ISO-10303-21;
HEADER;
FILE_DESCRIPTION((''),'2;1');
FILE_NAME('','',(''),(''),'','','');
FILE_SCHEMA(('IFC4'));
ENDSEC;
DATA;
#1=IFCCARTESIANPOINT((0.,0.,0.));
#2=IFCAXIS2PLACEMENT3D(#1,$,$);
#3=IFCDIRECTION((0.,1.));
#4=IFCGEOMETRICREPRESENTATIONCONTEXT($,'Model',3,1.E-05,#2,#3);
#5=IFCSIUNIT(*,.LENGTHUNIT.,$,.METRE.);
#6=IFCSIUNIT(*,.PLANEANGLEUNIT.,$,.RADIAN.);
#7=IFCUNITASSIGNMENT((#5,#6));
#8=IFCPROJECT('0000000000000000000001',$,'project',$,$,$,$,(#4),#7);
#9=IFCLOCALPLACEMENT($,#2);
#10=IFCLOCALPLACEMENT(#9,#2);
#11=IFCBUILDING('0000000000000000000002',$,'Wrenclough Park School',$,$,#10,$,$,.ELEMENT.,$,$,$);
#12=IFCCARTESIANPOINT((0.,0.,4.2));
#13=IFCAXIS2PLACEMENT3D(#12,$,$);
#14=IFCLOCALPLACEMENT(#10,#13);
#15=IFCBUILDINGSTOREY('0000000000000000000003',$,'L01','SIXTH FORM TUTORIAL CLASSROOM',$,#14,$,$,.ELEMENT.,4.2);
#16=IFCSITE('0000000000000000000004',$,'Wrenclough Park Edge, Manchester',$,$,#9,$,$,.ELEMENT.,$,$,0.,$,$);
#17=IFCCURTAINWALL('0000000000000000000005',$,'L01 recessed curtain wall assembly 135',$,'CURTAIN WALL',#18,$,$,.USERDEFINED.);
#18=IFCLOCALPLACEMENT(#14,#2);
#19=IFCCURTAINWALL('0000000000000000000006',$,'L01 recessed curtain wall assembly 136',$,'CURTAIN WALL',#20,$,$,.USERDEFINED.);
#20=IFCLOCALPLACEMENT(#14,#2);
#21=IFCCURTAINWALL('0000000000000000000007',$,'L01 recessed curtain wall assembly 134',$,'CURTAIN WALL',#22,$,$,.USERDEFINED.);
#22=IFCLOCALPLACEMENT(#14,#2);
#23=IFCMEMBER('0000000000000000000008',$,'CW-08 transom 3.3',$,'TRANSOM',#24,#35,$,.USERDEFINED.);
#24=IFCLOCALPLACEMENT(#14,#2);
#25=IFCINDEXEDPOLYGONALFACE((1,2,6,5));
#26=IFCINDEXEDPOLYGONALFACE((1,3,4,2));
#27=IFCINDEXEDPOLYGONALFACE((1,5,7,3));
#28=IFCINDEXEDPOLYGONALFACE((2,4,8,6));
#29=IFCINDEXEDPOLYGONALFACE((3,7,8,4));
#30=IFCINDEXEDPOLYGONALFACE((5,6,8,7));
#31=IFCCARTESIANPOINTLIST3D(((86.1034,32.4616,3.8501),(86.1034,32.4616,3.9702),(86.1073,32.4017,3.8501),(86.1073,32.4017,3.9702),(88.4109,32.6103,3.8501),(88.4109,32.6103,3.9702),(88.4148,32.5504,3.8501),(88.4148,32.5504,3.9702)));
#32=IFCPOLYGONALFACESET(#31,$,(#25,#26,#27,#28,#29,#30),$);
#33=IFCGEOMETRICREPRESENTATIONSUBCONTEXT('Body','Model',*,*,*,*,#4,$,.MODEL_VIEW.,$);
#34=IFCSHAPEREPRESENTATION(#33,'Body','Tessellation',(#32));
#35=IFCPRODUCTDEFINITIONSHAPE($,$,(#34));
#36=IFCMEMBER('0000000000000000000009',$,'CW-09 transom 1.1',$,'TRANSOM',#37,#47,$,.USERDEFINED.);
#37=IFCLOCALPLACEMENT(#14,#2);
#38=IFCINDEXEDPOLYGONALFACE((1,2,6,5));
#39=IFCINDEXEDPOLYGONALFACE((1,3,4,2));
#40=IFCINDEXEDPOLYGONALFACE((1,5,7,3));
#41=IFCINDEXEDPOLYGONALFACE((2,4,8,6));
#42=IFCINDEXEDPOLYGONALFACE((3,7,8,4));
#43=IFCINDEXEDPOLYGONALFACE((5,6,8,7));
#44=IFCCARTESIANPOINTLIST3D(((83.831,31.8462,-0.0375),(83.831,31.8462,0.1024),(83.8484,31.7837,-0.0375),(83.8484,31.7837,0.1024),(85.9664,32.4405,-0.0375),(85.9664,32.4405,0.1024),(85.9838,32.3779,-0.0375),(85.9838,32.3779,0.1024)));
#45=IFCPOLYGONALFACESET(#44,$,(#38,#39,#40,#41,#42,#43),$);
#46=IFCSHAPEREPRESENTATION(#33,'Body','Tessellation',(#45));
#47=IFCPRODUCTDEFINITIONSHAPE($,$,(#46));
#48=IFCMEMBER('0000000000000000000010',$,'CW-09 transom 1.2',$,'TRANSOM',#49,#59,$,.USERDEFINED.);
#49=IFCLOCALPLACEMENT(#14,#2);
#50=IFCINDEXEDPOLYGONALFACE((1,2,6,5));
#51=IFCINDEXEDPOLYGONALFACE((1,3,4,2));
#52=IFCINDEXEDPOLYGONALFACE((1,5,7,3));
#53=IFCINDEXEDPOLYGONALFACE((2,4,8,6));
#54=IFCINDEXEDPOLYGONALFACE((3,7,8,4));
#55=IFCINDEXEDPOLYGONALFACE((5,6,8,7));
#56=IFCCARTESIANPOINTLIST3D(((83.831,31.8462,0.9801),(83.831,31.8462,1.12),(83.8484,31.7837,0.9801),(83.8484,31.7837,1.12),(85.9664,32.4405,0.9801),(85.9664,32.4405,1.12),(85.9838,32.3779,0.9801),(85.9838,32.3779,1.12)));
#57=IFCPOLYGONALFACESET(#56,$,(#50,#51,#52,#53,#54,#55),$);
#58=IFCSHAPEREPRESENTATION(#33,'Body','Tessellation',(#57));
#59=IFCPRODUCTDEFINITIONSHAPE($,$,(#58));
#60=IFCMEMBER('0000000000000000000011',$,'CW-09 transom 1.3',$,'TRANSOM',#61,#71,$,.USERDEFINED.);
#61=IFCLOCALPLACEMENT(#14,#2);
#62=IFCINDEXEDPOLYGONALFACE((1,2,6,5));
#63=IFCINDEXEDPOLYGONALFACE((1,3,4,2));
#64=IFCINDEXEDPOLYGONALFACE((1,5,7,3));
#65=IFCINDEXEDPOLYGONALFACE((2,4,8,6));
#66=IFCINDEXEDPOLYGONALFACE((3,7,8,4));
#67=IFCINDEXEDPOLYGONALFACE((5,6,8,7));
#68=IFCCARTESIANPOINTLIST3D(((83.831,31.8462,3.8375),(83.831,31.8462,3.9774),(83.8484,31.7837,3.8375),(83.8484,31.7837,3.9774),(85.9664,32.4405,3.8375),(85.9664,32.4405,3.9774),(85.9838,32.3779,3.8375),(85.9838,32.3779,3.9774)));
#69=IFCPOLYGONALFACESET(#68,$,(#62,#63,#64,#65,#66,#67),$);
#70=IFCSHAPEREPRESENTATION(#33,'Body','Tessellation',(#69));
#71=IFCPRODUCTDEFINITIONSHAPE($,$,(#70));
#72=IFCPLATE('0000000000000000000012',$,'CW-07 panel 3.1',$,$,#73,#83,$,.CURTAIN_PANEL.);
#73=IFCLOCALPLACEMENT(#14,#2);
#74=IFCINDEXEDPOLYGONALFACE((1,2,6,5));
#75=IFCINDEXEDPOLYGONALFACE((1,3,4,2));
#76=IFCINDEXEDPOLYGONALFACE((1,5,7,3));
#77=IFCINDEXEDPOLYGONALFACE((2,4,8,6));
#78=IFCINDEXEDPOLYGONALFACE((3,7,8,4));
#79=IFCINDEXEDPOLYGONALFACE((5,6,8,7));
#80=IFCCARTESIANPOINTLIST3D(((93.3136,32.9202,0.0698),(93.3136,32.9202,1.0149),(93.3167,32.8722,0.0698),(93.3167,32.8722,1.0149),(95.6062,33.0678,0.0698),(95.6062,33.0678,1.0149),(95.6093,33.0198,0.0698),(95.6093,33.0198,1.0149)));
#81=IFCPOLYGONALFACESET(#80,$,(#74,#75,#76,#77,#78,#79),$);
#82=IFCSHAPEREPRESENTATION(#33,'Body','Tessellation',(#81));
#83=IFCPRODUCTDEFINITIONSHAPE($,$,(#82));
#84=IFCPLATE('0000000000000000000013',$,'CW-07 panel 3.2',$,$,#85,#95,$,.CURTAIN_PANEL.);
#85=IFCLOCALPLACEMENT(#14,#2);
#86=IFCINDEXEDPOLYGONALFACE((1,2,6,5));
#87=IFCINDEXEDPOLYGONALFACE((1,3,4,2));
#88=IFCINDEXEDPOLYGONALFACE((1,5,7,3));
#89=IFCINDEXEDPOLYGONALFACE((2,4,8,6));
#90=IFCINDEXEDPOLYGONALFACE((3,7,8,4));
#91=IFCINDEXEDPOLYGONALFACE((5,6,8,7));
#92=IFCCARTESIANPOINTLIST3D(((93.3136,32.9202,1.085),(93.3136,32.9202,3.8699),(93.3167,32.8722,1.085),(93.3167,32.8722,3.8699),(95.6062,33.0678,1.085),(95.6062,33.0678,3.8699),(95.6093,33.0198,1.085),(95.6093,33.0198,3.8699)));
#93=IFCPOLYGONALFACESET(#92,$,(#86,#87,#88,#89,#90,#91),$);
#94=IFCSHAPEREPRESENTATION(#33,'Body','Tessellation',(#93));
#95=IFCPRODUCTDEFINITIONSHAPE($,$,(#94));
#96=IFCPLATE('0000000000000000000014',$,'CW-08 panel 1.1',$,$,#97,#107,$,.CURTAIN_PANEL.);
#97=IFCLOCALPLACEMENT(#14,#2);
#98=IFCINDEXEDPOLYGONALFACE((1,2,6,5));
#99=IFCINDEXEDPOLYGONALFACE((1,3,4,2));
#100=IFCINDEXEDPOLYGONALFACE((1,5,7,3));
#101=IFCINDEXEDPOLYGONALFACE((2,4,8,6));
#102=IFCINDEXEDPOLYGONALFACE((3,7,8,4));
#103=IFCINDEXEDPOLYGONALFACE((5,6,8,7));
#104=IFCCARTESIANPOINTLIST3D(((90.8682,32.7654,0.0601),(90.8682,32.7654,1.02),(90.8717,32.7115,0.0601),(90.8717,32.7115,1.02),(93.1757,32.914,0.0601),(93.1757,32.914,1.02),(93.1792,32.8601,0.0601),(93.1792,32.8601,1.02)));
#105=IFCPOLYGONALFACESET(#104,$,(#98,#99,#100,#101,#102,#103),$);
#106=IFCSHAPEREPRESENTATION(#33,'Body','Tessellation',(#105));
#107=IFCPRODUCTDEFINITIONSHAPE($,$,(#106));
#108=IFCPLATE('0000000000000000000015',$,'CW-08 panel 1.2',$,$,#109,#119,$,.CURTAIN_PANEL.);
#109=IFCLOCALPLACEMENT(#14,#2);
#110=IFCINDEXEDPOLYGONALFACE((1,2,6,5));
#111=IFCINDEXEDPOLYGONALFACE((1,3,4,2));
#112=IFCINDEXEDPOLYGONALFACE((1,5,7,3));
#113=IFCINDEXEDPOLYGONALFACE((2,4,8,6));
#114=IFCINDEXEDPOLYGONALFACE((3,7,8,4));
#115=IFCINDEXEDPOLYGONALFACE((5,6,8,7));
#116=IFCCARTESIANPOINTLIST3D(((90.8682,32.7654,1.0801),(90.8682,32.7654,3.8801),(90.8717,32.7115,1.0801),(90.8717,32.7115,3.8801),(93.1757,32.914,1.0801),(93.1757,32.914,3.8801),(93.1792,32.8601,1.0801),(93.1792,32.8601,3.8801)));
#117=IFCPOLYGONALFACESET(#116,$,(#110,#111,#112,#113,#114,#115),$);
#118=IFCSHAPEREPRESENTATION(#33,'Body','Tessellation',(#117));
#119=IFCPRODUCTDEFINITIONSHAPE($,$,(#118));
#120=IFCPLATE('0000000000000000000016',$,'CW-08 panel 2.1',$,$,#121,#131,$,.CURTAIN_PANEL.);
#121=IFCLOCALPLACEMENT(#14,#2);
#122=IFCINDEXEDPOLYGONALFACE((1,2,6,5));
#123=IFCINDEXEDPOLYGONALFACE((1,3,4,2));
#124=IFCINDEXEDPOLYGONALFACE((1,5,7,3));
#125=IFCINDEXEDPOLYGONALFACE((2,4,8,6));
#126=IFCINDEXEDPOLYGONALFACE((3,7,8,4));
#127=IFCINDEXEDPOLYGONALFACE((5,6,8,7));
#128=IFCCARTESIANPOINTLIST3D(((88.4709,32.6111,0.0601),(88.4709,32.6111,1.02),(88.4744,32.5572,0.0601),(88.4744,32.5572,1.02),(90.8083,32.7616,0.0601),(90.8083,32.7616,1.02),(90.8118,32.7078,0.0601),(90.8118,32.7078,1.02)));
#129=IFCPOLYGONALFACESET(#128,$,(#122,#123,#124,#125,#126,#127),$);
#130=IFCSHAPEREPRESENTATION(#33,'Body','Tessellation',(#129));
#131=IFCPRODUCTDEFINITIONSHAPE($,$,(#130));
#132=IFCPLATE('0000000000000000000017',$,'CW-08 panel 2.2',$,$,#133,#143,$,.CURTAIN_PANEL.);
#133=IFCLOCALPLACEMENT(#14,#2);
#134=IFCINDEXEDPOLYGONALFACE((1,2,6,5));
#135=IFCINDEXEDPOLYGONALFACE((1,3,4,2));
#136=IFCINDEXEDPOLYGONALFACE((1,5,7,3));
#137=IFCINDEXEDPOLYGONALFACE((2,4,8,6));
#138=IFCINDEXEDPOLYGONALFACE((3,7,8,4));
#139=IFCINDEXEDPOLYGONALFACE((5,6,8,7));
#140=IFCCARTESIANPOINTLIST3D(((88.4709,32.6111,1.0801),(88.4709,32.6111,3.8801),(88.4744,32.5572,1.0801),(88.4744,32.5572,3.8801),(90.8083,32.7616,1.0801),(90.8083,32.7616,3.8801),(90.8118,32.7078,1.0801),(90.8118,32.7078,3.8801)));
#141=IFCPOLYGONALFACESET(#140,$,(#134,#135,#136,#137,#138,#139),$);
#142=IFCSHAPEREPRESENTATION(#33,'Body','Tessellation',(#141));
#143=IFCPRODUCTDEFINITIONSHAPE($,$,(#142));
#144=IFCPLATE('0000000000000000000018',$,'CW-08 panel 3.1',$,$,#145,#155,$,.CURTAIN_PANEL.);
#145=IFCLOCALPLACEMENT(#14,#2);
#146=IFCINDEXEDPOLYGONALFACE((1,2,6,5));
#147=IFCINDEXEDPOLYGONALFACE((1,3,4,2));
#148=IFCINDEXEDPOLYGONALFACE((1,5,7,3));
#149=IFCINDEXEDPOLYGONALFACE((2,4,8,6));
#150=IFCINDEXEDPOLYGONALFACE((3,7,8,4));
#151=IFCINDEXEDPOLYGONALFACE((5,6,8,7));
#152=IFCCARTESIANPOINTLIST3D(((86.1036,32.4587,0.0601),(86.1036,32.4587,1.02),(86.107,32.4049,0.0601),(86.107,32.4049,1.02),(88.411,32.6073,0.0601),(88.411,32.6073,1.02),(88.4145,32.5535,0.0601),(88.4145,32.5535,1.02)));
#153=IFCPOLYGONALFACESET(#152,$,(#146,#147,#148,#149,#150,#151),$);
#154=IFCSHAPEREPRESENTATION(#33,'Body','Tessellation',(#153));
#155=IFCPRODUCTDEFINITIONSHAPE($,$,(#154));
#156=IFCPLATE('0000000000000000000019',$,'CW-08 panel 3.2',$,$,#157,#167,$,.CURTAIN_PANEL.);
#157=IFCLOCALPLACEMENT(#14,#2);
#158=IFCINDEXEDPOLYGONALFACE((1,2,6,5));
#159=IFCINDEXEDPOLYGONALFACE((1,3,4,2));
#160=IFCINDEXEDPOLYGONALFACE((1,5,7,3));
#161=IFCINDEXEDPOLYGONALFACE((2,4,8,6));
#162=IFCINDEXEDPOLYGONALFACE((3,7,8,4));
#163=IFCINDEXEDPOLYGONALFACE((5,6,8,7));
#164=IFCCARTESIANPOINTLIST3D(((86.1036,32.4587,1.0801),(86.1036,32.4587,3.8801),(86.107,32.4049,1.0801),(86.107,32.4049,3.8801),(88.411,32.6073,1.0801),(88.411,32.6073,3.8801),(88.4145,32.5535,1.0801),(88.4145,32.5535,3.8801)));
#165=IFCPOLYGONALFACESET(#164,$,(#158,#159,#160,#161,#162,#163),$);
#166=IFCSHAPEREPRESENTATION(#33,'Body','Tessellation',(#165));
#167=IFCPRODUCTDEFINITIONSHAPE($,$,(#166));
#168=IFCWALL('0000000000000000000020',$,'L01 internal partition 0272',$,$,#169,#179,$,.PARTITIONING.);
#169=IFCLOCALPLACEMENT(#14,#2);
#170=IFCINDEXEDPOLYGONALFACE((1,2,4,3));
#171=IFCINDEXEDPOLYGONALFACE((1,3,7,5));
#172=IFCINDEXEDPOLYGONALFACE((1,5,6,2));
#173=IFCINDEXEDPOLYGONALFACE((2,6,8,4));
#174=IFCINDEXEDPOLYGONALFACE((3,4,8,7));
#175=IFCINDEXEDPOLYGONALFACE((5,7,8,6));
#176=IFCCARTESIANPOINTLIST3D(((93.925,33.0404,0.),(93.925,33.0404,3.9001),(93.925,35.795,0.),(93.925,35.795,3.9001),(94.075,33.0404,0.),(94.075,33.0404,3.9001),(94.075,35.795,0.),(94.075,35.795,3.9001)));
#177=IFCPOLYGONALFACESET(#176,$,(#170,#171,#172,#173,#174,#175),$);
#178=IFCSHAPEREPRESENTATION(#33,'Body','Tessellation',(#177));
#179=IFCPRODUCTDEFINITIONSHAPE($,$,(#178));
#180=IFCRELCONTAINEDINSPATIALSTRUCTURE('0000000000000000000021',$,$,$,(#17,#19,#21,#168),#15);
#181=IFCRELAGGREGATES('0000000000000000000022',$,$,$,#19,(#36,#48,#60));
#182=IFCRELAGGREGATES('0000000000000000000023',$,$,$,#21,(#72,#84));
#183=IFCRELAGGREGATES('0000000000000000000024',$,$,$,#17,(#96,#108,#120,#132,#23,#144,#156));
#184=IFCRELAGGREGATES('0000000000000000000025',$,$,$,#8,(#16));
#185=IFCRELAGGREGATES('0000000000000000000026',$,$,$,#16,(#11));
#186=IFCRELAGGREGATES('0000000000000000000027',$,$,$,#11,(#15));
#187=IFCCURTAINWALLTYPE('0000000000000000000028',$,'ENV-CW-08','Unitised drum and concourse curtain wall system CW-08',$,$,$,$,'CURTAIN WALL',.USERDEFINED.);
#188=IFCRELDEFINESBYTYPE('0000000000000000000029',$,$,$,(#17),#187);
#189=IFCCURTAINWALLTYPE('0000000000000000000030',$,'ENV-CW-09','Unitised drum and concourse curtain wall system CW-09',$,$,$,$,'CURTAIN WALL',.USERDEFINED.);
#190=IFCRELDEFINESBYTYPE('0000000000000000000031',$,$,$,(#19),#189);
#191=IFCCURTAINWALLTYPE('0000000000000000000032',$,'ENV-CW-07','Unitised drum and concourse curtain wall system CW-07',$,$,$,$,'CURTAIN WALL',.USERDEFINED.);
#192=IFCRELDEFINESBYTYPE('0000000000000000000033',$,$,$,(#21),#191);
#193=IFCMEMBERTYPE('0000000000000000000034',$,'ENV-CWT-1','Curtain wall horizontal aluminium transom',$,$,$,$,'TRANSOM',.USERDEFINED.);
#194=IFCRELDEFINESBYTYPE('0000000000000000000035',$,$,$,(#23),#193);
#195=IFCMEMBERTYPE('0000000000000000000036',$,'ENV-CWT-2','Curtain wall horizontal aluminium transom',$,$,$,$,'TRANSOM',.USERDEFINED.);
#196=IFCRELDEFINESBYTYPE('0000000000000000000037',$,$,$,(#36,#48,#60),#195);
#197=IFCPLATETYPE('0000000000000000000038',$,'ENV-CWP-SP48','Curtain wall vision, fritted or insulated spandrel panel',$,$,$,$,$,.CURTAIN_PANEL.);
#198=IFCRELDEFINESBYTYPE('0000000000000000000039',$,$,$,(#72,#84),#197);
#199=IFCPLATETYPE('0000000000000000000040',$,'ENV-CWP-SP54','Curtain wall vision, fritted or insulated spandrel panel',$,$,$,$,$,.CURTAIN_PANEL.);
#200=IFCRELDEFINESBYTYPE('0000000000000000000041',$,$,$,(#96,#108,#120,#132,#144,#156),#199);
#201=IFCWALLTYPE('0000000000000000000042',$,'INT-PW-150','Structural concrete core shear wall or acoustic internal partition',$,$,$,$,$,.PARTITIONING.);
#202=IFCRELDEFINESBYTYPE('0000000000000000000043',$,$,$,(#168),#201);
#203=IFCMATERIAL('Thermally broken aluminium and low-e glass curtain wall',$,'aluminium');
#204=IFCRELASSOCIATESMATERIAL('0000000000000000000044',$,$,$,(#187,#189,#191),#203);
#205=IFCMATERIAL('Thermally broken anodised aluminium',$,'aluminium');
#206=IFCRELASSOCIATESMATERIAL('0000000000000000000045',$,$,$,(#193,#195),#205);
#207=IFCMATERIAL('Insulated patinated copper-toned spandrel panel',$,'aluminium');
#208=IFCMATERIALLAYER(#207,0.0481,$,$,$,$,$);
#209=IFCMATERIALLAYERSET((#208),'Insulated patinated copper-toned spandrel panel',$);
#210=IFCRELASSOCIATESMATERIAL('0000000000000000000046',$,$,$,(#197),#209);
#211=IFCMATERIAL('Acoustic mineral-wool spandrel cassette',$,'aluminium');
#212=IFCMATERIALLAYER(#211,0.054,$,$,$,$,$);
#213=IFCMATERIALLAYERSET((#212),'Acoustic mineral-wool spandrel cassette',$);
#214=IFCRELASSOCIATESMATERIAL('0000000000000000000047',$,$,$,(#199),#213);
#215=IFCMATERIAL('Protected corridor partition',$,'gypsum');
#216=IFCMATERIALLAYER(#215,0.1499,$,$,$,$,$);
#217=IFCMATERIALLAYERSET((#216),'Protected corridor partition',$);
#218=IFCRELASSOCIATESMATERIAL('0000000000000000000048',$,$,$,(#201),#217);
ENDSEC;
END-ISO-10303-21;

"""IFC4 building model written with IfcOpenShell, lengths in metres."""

from ifc_helpers import new_model, si_unit, direction, frame, frame_2d, origin, origin_2d, place, context, subcontext, project, spatial, rectangle, extrude, material, layer, layer_set, material_profile, profile_set, type_object, element, aggregate, save


model = new_model("IFC4")

# Units and contexts
model_context = context("Model", 3, precision=1e-05, world=origin(), true_north=direction((0.0, 1.0)))
body_context = subcontext(model_context, "Body", "Model", "MODEL_VIEW")
ifc_project = project(units=[si_unit("LENGTHUNIT", "METRE"), si_unit("PLANEANGLEUNIT", "RADIAN")], contexts=[model_context])

# Site, building, storey
site_placement = place(None, origin())
site = spatial("IfcSite", under=ifc_project, at=site_placement, Name="Wrenclough Park Edge, Manchester", CompositionType="ELEMENT", RefElevation=0.0)
building_placement = place(site_placement, origin())
building = spatial("IfcBuilding", under=site, at=building_placement, Name="Wrenclough Park School", CompositionType="ELEMENT")
storey_placement = place(building_placement, frame((0.0, 0.0, 4.2)))
storey = spatial("IfcBuildingStorey", under=building, at=storey_placement, Name="L01", Description="SIXTH FORM TUTORIAL CLASSROOM", CompositionType="ELEMENT", Elevation=4.2)

# Curtain wall
ifc_material_1 = material(Name="Thermally broken aluminium and low-e glass curtain wall", Category="aluminium")
curtain_wall_type_1 = type_object("IfcCurtainWallType", Name="ENV-CW-08", Description="Unitised drum and concourse curtain wall system CW-08", ElementType="CURTAIN WALL", PredefinedType="USERDEFINED", material=ifc_material_1)
curtain_wall_1_placement = place(storey_placement, origin())
curtain_wall_1 = element("IfcCurtainWall", 1, at=curtain_wall_1_placement, inside=storey, type_object=curtain_wall_type_1, Name="L01 recessed curtain wall assembly 135", ObjectType="CURTAIN WALL", PredefinedType="USERDEFINED")
ifc_material_2 = material(Name="Thermally broken anodised aluminium", Category="aluminium")

# Curtain walls
curtain_wall_type_2 = type_object("IfcCurtainWallType", Name="ENV-CW-09", Description="Unitised drum and concourse curtain wall system CW-09", ElementType="CURTAIN WALL", PredefinedType="USERDEFINED", material=ifc_material_1)
curtain_wall_2_placement = place(storey_placement, origin())
curtain_wall_2 = element("IfcCurtainWall", 2, at=curtain_wall_2_placement, inside=storey, type_object=curtain_wall_type_2, Name="L01 recessed curtain wall assembly 136", ObjectType="CURTAIN WALL", PredefinedType="USERDEFINED")
curtain_wall_type_3 = type_object("IfcCurtainWallType", Name="ENV-CW-07", Description="Unitised drum and concourse curtain wall system CW-07", ElementType="CURTAIN WALL", PredefinedType="USERDEFINED", material=ifc_material_1)
curtain_wall_3_placement = place(storey_placement, origin())
curtain_wall_3 = element("IfcCurtainWall", 3, at=curtain_wall_3_placement, inside=storey, type_object=curtain_wall_type_3, Name="L01 recessed curtain wall assembly 134", ObjectType="CURTAIN WALL", PredefinedType="USERDEFINED")

# Members
ifc_material_profile_1 = material_profile(ifc_material_2, rectangle(XDim=0.0601, YDim=0.1201, at=origin_2d()), Name="AL TRANSOM 60x120")
ifc_profile_set_1 = profile_set([ifc_material_profile_1], Name="Thermally broken anodised aluminium")
member_type_1 = type_object("IfcMemberType", Name="ENV-CWT-1", Description="Curtain wall horizontal aluminium transom", ElementType="TRANSOM", PredefinedType="USERDEFINED", material=ifc_profile_set_1)
member_1_placement = place(storey_placement, frame((88.4128, 32.5803, 3.9102), z_axis=(-0.99793, -0.064304, 0.0), x_axis=(0.064304, -0.99793, 0.0)))
member_1 = element("IfcMember", 4, at=member_1_placement, type_object=member_type_1, Name="CW-08 transom 3.3", ObjectType="TRANSOM", PredefinedType="USERDEFINED", context=body_context, shape_type="SweptSolid", body=[
    extrude(rectangle(XDim=0.0601, YDim=0.1201, at=origin_2d()), origin(), (0.0, 0.0, 1.0), 2.3123),
])
ifc_material_profile_2 = material_profile(ifc_material_2, rectangle(XDim=0.0649, YDim=0.1399, at=origin_2d()), Name="AL TRANSOM 65x140")
ifc_profile_set_2 = profile_set([ifc_material_profile_2], Name="Thermally broken anodised aluminium")
member_type_2 = type_object("IfcMemberType", Name="ENV-CWT-2", Description="Curtain wall horizontal aluminium transom", ElementType="TRANSOM", PredefinedType="USERDEFINED", material=ifc_profile_set_2)
member_2_placement = place(storey_placement, frame((85.9751, 32.4092, 0.0325), z_axis=(-0.963396, -0.268081, 0.0), x_axis=(0.268081, -0.963396, 0.0)))
member_2 = element("IfcMember", 5, at=member_2_placement, type_object=member_type_2, Name="CW-09 transom 1.1", ObjectType="TRANSOM", PredefinedType="USERDEFINED", context=body_context, shape_type="SweptSolid", body=[
    extrude(rectangle(XDim=0.0649, YDim=0.1399, at=origin_2d()), origin(), (0.0, 0.0, 1.0), 2.2166),
])
member_3_placement = place(storey_placement, frame((85.9751, 32.4092, 1.05), z_axis=(-0.963396, -0.268081, 0.0), x_axis=(0.268081, -0.963396, 0.0)))
member_3 = element("IfcMember", 6, at=member_3_placement, type_object=member_type_2, Name="CW-09 transom 1.2", ObjectType="TRANSOM", PredefinedType="USERDEFINED", context=body_context, shape_type="SweptSolid", body=[
    extrude(rectangle(XDim=0.0649, YDim=0.1399, at=origin_2d()), origin(), (0.0, 0.0, 1.0), 2.2166),
])
member_4_placement = place(storey_placement, frame((85.9751, 32.4092, 3.9075), z_axis=(-0.963396, -0.268081, 0.0), x_axis=(0.268081, -0.963396, 0.0)))
member_4 = element("IfcMember", 7, at=member_4_placement, type_object=member_type_2, Name="CW-09 transom 1.3", ObjectType="TRANSOM", PredefinedType="USERDEFINED", context=body_context, shape_type="SweptSolid", body=[
    extrude(rectangle(XDim=0.0649, YDim=0.1399, at=origin_2d()), origin(), (0.0, 0.0, 1.0), 2.2166),
])
aggregate(curtain_wall_2, [member_2, member_3, member_4])

# Plates
ifc_material_3 = material(Name="Insulated patinated copper-toned spandrel panel", Category="aluminium")
ifc_layer_1 = layer(ifc_material_3, 0.0481)
ifc_layer_set_1 = layer_set([ifc_layer_1], Name="Insulated patinated copper-toned spandrel panel")
plate_type_1 = type_object("IfcPlateType", Name="ENV-CWP-SP48", Description="Curtain wall vision, fritted or insulated spandrel panel", PredefinedType="CURTAIN_PANEL", material=ifc_layer_set_1)
plate_1_placement = place(storey_placement, frame((94.4614, 32.97, 0.0698), z_axis=(0.0, 0.0, 1.0), x_axis=(-0.997933, -0.064259, 0.0)))
plate_1 = element("IfcPlate", 8, at=plate_1_placement, type_object=plate_type_1, Name="CW-07 panel 3.1", PredefinedType="CURTAIN_PANEL", context=body_context, shape_type="SweptSolid", body=[
    extrude(rectangle(XDim=2.2974, YDim=0.0481, at=origin_2d()), origin(), (0.0, 0.0, 1.0), 0.9451),
])
plate_2_placement = place(storey_placement, frame((94.4614, 32.97, 1.085), z_axis=(0.0, 0.0, 1.0), x_axis=(-0.997933, -0.064259, 0.0)))
plate_2 = element("IfcPlate", 9, at=plate_2_placement, type_object=plate_type_1, Name="CW-07 panel 3.2", PredefinedType="CURTAIN_PANEL", context=body_context, shape_type="SweptSolid", body=[
    extrude(rectangle(XDim=2.2974, YDim=0.0481, at=origin_2d()), origin(), (0.0, 0.0, 1.0), 2.7849),
])
aggregate(curtain_wall_3, [plate_1, plate_2])
ifc_material_4 = material(Name="Acoustic mineral-wool spandrel cassette", Category="aluminium")
ifc_layer_2 = layer(ifc_material_4, 0.054)
ifc_layer_set_2 = layer_set([ifc_layer_2], Name="Acoustic mineral-wool spandrel cassette")
plate_type_2 = type_object("IfcPlateType", Name="ENV-CWP-SP54", Description="Curtain wall vision, fritted or insulated spandrel panel", PredefinedType="CURTAIN_PANEL", material=ifc_layer_set_2)
plate_3_placement = place(storey_placement, frame((92.0237, 32.8127, 0.0601), z_axis=(0.0, 0.0, 1.0), x_axis=(-0.997933, -0.064259, 0.0)))
plate_3 = element("IfcPlate", 10, at=plate_3_placement, type_object=plate_type_2, Name="CW-08 panel 1.1", PredefinedType="CURTAIN_PANEL", context=body_context, shape_type="SweptSolid", body=[
    extrude(rectangle(XDim=2.3123, YDim=0.054, at=origin_2d()), origin(), (0.0, 0.0, 1.0), 0.96),
])
plate_4_placement = place(storey_placement, frame((92.0237, 32.8127, 1.0801), z_axis=(0.0, 0.0, 1.0), x_axis=(-0.997933, -0.064259, 0.0)))
plate_4 = element("IfcPlate", 11, at=plate_4_placement, type_object=plate_type_2, Name="CW-08 panel 1.2", PredefinedType="CURTAIN_PANEL", context=body_context, shape_type="SweptSolid", body=[
    extrude(rectangle(XDim=2.3123, YDim=0.054, at=origin_2d()), origin(), (0.0, 0.0, 1.0), 2.8),
])
plate_5_placement = place(storey_placement, frame((89.6414, 32.6594, 0.0601), z_axis=(0.0, 0.0, 1.0), x_axis=(-0.997933, -0.064259, 0.0)))
plate_5 = element("IfcPlate", 12, at=plate_5_placement, type_object=plate_type_2, Name="CW-08 panel 2.1", PredefinedType="CURTAIN_PANEL", context=body_context, shape_type="SweptSolid", body=[
    extrude(rectangle(XDim=2.3423, YDim=0.054, at=origin_2d()), origin(), (0.0, 0.0, 1.0), 0.96),
])
plate_6_placement = place(storey_placement, frame((89.6414, 32.6594, 1.0801), z_axis=(0.0, 0.0, 1.0), x_axis=(-0.997933, -0.064259, 0.0)))
plate_6 = element("IfcPlate", 13, at=plate_6_placement, type_object=plate_type_2, Name="CW-08 panel 2.2", PredefinedType="CURTAIN_PANEL", context=body_context, shape_type="SweptSolid", body=[
    extrude(rectangle(XDim=2.3423, YDim=0.054, at=origin_2d()), origin(), (0.0, 0.0, 1.0), 2.8),
])
plate_7_placement = place(storey_placement, frame((87.259, 32.5061, 0.0601), z_axis=(0.0, 0.0, 1.0), x_axis=(-0.997933, -0.064259, 0.0)))
plate_7 = element("IfcPlate", 14, at=plate_7_placement, type_object=plate_type_2, Name="CW-08 panel 3.1", PredefinedType="CURTAIN_PANEL", context=body_context, shape_type="SweptSolid", body=[
    extrude(rectangle(XDim=2.3123, YDim=0.054, at=origin_2d()), origin(), (0.0, 0.0, 1.0), 0.96),
])
plate_8_placement = place(storey_placement, frame((87.259, 32.5061, 1.0801), z_axis=(0.0, 0.0, 1.0), x_axis=(-0.997933, -0.064259, 0.0)))
plate_8 = element("IfcPlate", 15, at=plate_8_placement, type_object=plate_type_2, Name="CW-08 panel 3.2", PredefinedType="CURTAIN_PANEL", context=body_context, shape_type="SweptSolid", body=[
    extrude(rectangle(XDim=2.3123, YDim=0.054, at=origin_2d()), origin(), (0.0, 0.0, 1.0), 2.8),
])
aggregate(curtain_wall_1, [plate_3, plate_4, plate_5, plate_6, member_1, plate_7, plate_8])

# Wall
ifc_material_5 = material(Name="Protected corridor partition", Category="gypsum")
ifc_layer_3 = layer(ifc_material_5, 0.1499)
ifc_layer_set_3 = layer_set([ifc_layer_3], Name="Protected corridor partition")
wall_type = type_object("IfcWallType", Name="INT-PW-150", Description="Structural concrete core shear wall or acoustic internal partition", PredefinedType="PARTITIONING", material=ifc_layer_set_3)
wall_placement = place(storey_placement, frame((94.0, 33.0403, 0.0), z_axis=(0.0, 0.0, 1.0), x_axis=(0.0, 1.0, 0.0)))
element("IfcWall", 16, at=wall_placement, inside=storey, type_object=wall_type, Name="L01 internal partition 0272", PredefinedType="PARTITIONING", context=body_context, shape_type="SweptSolid", body=[
    extrude(rectangle(XDim=2.7546, YDim=0.1499, at=frame_2d((1.3774, 0.0))), origin(), (0.0, 0.0, 1.0), 3.9001),
])

save(model, "model.ifc")
